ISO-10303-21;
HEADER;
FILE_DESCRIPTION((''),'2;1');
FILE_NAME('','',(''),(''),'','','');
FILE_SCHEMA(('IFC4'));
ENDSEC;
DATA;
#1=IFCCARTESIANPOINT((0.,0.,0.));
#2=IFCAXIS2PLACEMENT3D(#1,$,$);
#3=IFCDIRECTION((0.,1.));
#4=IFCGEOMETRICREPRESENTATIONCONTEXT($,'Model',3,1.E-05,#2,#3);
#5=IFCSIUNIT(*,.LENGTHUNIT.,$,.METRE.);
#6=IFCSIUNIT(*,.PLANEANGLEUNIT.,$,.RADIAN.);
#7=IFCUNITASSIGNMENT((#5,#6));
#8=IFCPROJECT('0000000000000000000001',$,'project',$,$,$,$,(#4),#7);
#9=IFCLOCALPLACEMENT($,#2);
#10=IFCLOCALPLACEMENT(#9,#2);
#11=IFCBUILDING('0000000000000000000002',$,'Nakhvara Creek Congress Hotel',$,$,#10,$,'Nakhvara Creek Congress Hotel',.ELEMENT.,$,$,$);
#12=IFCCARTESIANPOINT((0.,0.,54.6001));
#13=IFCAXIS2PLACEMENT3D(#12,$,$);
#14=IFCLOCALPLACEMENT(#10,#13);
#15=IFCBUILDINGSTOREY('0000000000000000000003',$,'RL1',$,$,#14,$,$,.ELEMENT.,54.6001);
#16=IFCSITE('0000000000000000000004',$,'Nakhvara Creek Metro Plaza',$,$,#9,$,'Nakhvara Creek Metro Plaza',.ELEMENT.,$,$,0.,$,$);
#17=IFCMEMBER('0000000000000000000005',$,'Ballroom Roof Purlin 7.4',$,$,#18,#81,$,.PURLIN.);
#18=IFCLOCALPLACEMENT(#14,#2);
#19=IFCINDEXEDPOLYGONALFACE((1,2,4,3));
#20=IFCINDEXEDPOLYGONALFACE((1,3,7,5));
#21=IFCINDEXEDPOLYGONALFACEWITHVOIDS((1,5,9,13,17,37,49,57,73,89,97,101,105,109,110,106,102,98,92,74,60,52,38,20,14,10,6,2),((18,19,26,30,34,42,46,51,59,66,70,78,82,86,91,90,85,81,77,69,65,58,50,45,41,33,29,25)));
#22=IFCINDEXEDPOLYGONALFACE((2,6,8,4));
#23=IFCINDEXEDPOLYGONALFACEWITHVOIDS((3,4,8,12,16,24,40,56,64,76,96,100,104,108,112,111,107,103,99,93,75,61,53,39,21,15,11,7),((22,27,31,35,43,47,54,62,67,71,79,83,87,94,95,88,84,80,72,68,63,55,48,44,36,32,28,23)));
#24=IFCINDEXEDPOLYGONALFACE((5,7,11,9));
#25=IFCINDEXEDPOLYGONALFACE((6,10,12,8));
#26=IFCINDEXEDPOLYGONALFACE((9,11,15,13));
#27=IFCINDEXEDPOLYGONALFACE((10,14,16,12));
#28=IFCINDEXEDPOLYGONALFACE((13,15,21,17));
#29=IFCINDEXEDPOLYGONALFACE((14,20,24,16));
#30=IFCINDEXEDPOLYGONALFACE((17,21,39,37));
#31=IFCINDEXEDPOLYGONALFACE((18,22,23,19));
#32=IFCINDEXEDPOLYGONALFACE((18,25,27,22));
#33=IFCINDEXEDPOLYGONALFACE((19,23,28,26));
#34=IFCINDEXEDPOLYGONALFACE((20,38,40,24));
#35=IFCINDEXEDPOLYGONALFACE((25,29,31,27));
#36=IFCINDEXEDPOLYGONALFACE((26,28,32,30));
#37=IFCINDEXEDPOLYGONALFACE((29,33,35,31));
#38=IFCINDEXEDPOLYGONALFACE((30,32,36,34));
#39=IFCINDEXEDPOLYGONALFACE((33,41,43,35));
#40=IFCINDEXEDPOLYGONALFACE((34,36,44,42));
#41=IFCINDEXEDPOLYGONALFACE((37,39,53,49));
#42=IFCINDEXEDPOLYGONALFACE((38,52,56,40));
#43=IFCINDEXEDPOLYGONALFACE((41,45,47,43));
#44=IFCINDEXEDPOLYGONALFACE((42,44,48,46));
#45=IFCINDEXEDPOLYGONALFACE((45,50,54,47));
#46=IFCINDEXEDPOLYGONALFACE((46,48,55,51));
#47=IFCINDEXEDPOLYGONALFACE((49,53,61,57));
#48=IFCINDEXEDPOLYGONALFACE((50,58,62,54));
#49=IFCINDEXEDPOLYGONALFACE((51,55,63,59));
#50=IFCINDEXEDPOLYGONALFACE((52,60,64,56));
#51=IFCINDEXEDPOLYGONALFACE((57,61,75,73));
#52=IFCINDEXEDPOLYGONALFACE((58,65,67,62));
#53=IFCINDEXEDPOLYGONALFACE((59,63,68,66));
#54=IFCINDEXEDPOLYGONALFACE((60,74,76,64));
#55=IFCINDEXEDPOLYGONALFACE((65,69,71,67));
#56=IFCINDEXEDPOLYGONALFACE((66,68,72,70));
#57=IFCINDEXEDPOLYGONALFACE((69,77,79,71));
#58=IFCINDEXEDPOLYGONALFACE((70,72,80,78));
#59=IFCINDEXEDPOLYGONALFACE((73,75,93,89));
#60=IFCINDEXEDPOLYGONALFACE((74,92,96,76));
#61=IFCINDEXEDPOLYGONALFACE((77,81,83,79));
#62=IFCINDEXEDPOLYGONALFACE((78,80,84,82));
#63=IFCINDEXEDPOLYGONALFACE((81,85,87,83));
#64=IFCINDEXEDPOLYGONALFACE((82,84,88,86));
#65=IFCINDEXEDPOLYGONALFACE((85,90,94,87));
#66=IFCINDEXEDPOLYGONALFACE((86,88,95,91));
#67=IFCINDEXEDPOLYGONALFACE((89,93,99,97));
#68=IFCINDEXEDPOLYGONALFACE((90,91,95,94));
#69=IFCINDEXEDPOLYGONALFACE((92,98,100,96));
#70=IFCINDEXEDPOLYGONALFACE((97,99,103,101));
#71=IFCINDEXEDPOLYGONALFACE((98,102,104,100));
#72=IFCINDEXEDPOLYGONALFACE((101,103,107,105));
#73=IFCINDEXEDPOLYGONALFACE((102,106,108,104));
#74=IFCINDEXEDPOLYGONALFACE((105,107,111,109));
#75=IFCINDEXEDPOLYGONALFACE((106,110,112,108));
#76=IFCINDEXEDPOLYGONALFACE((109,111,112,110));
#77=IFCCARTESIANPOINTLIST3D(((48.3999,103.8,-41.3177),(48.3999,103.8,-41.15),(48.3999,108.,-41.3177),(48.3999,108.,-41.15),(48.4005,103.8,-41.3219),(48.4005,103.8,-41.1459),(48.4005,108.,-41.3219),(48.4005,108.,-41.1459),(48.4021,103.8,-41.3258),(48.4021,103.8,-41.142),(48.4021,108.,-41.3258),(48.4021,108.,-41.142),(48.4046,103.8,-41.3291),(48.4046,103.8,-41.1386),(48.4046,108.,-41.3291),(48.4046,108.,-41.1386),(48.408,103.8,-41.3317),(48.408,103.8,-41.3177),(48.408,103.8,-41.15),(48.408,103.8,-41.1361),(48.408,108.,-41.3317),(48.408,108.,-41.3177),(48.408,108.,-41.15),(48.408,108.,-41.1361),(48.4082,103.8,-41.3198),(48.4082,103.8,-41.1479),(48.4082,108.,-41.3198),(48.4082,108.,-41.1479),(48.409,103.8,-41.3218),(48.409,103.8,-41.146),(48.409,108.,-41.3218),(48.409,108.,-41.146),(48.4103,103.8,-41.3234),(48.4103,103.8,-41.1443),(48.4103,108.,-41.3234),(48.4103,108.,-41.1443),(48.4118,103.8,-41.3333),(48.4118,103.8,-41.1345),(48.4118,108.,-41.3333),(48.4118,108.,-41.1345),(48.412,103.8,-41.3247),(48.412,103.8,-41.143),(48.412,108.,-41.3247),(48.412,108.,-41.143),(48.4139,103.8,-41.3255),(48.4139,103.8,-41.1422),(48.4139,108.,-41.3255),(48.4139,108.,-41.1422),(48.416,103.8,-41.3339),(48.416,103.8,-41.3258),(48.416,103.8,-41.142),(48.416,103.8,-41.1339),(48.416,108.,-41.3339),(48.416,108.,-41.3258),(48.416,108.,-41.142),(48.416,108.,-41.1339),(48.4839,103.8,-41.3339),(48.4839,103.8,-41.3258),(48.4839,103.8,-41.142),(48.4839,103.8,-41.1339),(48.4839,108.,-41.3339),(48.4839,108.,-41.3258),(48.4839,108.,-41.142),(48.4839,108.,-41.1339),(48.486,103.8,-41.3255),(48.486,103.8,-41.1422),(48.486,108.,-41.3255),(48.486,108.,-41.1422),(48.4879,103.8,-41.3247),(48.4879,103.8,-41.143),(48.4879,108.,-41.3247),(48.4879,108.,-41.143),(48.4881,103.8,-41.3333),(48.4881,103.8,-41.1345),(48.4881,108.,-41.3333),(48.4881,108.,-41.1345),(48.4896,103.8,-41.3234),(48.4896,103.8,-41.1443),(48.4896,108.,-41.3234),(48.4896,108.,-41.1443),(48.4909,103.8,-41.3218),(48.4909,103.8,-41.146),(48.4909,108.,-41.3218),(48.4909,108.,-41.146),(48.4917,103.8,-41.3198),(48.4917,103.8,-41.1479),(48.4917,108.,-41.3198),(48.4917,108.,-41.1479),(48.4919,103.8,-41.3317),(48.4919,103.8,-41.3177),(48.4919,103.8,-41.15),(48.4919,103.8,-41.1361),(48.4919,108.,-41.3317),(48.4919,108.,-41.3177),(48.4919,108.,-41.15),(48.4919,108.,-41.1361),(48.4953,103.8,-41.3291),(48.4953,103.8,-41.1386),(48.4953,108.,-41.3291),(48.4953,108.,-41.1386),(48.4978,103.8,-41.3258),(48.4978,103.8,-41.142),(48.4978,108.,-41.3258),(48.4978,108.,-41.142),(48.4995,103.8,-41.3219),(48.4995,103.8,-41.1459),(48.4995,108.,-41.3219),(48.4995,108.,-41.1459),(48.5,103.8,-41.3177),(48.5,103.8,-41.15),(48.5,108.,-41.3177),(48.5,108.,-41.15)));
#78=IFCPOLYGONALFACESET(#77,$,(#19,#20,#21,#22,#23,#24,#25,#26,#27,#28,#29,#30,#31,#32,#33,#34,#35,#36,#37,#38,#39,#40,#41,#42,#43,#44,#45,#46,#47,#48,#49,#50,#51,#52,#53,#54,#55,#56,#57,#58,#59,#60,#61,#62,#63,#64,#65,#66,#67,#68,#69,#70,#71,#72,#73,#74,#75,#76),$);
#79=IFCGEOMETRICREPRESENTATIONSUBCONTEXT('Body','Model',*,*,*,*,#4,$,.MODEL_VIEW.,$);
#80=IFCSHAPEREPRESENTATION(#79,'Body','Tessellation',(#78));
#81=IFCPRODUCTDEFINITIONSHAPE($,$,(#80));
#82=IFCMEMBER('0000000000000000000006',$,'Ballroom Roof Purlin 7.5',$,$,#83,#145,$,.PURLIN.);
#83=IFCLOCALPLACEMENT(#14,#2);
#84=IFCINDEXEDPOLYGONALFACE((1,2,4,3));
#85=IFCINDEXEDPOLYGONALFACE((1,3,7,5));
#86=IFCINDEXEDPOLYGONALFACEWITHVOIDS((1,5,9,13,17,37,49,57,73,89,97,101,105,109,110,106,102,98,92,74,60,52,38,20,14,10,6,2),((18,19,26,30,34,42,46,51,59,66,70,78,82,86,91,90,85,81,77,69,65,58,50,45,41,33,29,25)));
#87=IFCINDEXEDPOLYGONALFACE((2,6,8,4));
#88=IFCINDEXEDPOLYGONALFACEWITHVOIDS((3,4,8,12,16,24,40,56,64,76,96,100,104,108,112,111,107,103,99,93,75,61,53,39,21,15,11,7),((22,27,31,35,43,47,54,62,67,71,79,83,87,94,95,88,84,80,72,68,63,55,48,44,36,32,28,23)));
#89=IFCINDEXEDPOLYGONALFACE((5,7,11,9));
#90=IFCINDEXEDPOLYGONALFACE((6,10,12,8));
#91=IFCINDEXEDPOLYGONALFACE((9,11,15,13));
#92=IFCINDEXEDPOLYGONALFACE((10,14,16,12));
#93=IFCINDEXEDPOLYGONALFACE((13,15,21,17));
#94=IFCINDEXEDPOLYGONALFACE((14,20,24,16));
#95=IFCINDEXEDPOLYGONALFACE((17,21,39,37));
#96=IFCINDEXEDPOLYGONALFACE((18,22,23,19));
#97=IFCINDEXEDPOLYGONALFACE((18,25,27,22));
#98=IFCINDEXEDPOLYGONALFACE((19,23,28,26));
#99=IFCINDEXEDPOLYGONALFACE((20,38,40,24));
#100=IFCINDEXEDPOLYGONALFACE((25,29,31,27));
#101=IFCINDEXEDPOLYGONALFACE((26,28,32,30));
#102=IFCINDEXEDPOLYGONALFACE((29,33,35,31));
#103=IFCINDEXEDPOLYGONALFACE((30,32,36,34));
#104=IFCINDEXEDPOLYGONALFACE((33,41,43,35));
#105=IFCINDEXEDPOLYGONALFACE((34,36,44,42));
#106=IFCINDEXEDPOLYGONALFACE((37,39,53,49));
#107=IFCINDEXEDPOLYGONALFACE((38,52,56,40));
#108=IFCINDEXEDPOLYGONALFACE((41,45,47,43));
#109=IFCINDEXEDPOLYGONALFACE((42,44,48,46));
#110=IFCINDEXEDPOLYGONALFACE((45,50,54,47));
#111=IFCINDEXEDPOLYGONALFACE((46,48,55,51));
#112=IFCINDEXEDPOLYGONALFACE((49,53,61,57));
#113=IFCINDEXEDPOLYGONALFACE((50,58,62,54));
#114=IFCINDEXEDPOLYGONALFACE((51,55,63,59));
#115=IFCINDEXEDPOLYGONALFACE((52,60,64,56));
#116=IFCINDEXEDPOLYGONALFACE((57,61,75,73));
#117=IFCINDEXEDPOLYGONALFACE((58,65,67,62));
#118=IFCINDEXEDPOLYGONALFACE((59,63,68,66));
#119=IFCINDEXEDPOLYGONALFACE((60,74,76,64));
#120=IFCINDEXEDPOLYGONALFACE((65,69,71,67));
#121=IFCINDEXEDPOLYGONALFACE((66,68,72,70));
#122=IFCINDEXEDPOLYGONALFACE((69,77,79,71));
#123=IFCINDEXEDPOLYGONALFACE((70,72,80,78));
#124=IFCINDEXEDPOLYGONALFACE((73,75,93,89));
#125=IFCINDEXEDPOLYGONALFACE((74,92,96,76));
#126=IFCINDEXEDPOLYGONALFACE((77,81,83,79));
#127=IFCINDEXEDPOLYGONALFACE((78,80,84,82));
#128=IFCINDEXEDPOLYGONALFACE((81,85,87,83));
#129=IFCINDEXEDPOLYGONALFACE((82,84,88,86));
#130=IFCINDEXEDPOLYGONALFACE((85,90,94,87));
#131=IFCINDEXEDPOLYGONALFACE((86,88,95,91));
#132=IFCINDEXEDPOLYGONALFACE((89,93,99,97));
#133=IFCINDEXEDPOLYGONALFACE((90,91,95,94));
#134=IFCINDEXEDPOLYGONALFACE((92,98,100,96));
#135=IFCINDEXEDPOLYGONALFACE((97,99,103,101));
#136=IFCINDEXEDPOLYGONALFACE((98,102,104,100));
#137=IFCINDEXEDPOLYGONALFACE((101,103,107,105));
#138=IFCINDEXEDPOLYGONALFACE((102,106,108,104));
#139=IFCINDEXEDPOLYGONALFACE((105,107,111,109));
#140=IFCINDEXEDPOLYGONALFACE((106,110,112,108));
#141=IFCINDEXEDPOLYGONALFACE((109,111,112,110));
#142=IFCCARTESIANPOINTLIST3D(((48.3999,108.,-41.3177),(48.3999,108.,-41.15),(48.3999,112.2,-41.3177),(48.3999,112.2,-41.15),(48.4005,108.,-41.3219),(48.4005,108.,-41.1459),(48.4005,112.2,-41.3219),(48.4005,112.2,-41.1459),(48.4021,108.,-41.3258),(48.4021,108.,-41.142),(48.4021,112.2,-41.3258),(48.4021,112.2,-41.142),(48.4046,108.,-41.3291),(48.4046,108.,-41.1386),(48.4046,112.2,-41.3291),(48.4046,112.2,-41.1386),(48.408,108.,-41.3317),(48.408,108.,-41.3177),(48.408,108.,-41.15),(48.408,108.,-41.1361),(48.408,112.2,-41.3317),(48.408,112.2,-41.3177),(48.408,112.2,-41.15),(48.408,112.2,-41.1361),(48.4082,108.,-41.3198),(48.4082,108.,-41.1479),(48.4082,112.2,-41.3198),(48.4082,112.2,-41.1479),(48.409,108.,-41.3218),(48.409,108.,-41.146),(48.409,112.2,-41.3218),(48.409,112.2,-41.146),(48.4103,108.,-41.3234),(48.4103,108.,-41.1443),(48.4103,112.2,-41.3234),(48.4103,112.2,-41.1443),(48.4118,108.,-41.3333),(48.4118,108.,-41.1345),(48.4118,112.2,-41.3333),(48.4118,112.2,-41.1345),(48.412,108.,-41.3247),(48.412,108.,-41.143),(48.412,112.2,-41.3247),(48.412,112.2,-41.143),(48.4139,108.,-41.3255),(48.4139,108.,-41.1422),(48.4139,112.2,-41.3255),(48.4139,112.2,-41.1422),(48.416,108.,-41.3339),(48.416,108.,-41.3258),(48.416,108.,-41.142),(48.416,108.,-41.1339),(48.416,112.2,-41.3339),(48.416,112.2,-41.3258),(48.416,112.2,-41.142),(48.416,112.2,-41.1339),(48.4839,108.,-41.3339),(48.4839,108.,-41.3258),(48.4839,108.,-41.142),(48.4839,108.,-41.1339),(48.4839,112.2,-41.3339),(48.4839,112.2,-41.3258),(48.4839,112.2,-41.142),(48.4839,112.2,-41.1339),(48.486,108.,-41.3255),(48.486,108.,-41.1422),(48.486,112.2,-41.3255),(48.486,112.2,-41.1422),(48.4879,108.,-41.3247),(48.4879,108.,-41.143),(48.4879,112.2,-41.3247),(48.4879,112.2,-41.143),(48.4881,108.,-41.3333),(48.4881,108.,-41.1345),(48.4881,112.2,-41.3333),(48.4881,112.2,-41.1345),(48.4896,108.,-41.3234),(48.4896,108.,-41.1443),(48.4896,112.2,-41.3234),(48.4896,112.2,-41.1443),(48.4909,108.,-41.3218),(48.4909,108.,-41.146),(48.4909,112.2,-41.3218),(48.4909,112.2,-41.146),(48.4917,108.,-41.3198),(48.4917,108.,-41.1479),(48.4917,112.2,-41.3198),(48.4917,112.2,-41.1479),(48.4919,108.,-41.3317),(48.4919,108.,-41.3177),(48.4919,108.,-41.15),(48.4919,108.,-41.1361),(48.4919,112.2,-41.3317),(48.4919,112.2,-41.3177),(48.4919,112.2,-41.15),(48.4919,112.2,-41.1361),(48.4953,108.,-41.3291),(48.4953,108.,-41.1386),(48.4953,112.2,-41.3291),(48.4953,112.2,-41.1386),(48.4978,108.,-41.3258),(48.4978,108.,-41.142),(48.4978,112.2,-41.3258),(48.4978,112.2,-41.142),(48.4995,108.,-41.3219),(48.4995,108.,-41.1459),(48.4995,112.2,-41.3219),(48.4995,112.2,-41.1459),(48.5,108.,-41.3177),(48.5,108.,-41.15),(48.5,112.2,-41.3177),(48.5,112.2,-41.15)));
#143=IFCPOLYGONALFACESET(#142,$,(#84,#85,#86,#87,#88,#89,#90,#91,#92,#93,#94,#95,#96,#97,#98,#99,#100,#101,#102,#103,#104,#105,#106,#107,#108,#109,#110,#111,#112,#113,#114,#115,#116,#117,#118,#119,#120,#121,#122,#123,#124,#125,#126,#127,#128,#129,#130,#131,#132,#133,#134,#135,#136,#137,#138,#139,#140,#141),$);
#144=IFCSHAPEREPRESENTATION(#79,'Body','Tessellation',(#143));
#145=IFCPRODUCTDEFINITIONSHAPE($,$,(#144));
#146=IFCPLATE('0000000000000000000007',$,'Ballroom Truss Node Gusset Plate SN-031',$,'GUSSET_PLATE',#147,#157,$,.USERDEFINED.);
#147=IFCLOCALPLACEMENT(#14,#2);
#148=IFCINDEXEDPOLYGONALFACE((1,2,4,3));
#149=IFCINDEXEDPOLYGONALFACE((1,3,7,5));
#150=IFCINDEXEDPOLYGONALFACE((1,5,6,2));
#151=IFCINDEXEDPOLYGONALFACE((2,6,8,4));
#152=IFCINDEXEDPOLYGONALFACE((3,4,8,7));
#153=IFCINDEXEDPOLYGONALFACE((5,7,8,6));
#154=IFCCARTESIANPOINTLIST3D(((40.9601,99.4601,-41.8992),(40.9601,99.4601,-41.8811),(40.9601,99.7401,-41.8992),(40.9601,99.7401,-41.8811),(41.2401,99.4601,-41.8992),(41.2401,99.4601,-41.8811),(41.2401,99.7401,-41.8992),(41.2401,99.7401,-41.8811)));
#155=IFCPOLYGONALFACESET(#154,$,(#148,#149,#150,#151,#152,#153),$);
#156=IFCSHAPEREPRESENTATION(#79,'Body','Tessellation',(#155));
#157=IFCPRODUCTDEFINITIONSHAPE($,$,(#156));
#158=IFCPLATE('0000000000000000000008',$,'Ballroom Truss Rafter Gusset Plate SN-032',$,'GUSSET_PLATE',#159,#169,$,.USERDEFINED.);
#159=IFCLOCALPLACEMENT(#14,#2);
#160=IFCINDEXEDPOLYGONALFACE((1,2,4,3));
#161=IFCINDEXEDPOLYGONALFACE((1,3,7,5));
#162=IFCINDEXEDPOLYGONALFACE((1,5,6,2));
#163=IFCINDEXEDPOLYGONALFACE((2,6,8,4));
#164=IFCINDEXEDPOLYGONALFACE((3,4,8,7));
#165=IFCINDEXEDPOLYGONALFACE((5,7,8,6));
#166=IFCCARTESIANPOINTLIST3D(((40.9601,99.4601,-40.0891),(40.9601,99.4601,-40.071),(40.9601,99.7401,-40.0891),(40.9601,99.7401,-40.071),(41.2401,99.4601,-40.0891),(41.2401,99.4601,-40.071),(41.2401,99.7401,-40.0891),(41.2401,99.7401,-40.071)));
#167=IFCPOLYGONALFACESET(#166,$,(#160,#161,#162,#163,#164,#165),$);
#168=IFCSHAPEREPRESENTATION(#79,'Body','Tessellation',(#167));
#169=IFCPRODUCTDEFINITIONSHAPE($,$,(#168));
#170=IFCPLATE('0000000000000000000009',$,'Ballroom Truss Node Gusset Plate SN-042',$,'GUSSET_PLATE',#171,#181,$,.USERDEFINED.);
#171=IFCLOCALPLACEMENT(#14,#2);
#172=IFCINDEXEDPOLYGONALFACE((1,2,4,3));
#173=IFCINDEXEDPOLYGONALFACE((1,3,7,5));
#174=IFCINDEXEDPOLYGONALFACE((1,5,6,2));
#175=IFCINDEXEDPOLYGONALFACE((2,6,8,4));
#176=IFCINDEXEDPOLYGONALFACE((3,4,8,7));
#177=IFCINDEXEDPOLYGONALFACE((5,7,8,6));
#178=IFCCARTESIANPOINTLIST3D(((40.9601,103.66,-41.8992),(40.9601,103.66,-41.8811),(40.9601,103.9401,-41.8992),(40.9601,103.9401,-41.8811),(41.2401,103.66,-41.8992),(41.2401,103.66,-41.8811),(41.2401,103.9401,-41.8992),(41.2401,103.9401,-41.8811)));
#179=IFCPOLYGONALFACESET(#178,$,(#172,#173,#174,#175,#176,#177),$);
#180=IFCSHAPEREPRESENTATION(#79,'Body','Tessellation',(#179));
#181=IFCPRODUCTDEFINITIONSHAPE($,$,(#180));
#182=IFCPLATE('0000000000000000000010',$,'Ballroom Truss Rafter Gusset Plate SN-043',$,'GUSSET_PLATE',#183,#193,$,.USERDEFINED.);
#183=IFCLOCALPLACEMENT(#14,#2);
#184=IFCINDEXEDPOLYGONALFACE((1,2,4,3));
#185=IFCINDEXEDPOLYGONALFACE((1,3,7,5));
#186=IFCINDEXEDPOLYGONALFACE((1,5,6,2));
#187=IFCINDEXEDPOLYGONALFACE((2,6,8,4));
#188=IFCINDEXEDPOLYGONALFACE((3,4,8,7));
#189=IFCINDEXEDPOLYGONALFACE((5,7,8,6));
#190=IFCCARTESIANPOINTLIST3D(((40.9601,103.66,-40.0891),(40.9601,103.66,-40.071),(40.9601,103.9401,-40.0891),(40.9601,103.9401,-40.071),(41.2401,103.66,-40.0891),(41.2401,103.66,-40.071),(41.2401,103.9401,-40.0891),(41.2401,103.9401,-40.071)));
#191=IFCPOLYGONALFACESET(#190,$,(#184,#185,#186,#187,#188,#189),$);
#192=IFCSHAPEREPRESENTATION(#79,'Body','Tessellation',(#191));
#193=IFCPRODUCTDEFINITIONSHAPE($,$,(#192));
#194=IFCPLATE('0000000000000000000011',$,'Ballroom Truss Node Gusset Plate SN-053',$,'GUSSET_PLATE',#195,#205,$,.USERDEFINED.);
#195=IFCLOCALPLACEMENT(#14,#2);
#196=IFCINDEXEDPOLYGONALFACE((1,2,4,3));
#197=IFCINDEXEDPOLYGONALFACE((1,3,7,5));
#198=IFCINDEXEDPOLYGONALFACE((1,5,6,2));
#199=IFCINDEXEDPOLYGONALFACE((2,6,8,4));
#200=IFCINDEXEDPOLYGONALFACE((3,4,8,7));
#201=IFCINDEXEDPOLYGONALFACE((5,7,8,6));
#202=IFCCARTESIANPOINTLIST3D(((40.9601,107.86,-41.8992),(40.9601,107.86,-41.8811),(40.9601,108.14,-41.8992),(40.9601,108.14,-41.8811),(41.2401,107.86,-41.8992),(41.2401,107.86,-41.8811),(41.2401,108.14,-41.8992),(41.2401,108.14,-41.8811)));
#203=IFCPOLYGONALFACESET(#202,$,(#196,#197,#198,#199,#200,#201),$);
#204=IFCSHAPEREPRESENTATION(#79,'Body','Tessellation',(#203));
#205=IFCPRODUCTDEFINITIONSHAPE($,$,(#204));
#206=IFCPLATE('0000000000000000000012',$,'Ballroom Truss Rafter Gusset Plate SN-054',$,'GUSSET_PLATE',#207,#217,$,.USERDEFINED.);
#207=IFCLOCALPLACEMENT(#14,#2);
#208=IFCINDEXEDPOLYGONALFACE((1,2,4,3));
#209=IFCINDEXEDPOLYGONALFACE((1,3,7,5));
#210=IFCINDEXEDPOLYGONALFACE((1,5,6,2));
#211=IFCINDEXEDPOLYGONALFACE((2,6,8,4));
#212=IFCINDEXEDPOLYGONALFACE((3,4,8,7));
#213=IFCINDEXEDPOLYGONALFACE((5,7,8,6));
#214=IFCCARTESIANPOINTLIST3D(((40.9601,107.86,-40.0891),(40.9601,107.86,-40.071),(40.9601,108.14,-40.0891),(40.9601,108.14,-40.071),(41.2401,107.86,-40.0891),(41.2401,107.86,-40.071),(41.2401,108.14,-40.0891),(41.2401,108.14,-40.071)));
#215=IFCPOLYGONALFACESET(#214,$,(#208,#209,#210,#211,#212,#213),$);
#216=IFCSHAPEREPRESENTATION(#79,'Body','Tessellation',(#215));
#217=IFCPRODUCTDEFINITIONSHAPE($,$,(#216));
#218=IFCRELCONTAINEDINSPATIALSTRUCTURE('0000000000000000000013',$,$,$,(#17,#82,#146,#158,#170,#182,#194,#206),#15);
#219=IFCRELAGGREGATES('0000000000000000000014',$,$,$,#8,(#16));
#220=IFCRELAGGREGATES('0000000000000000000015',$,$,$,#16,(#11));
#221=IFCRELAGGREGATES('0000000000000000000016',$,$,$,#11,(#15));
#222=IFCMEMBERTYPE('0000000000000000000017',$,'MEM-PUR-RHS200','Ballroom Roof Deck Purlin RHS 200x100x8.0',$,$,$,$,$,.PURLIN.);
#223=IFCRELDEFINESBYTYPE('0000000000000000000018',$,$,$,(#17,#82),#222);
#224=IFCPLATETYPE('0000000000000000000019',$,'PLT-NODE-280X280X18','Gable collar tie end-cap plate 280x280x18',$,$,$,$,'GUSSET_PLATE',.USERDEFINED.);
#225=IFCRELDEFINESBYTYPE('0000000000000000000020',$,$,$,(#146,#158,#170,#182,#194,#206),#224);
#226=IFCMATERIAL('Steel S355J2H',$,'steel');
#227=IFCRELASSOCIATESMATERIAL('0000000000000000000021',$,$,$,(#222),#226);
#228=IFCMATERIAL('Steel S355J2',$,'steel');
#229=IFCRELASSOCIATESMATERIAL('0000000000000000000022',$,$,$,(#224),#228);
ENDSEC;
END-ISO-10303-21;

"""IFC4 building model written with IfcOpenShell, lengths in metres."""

from ifc_helpers import new_model, si_unit, direction, frame, origin, origin_2d, place, context, subcontext, project, spatial, rectangle, hollow_rectangle, extrude, material, material_profile, profile_set, type_object, element, save


model = new_model("IFC4")

# Units and contexts
model_context = context("Model", 3, precision=1e-05, world=origin(), true_north=direction((0.0, 1.0)))
body_context = subcontext(model_context, "Body", "Model", "MODEL_VIEW")
ifc_project = project(units=[si_unit("LENGTHUNIT", "METRE"), si_unit("PLANEANGLEUNIT", "RADIAN")], contexts=[model_context])

# Site, building, storey
site_placement = place(None, origin())
site = spatial("IfcSite", under=ifc_project, at=site_placement, Name="Nakhvara Creek Metro Plaza", LongName="Nakhvara Creek Metro Plaza", CompositionType="ELEMENT", RefElevation=0.0)
building_placement = place(site_placement, origin())
building = spatial("IfcBuilding", under=site, at=building_placement, Name="Nakhvara Creek Congress Hotel", LongName="Nakhvara Creek Congress Hotel", CompositionType="ELEMENT")
storey_placement = place(building_placement, frame((0.0, 0.0, 54.6001)))
storey = spatial("IfcBuildingStorey", under=building, at=storey_placement, Name="RL1", CompositionType="ELEMENT", Elevation=54.6001)

# Members
ifc_material_1 = material(Name="Steel S355J2H", Category="steel")
ifc_material_profile_1 = material_profile(ifc_material_1, hollow_rectangle(XDim=0.1001, YDim=0.2, WallThickness=0.0081, InnerFilletRadius=0.0081, OuterFilletRadius=0.0161, at=origin_2d()), Name="RHS 200x100x8.0", Category="LoadBearing")
ifc_profile_set_1 = profile_set([ifc_material_profile_1], Name="Steel S355J2H")
member_type_1 = type_object("IfcMemberType", Name="MEM-PUR-RHS200", Description="Ballroom Roof Deck Purlin RHS 200x100x8.0", PredefinedType="PURLIN", material=ifc_profile_set_1)
for number, where, z_axis, x_axis, name in (
    (1, (48.45, 103.8, -41.2339), (0.0, 1.0, 0.0), (-1.0, 0.0, 0.0), "Ballroom Roof Purlin 7.4"),
    (2, (48.45, 108.0, -41.2339), (0.0, 1.0, 0.0), (-1.0, 0.0, 0.0), "Ballroom Roof Purlin 7.5"),
):
    element("IfcMember", number, at=place(storey_placement, frame(where, z_axis=z_axis, x_axis=x_axis)), inside=storey, type_object=member_type_1, Name=name, PredefinedType="PURLIN", context=body_context, shape_type="SweptSolid", body=[
        extrude(hollow_rectangle(XDim=0.1001, YDim=0.2, WallThickness=0.0081, InnerFilletRadius=0.0081, OuterFilletRadius=0.0161, at=origin_2d()), origin(), (0.0, 0.0, 1.0), 4.2),
    ])

# Plates
ifc_material_2 = material(Name="Steel S355J2", Category="steel")
plate_type_1 = type_object("IfcPlateType", Name="PLT-NODE-280X280X18", Description="Gable collar tie end-cap plate 280x280x18", ElementType="GUSSET_PLATE", PredefinedType="USERDEFINED", material=ifc_material_2)
for number, where, z_axis, x_axis, name in (
    (3, (41.1001, 99.6001, -41.8992), (0.0, 0.0, 1.0), (1.0, 0.0, 0.0), "Ballroom Truss Node Gusset Plate SN-031"),
    (4, (41.1001, 99.6001, -40.0891), (0.0, 0.0, 1.0), (1.0, 0.0, 0.0), "Ballroom Truss Rafter Gusset Plate SN-032"),
    (5, (41.1001, 103.8, -41.8992), (0.0, 0.0, 1.0), (1.0, 0.0, 0.0), "Ballroom Truss Node Gusset Plate SN-042"),
    (6, (41.1001, 103.8, -40.0891), (0.0, 0.0, 1.0), (1.0, 0.0, 0.0), "Ballroom Truss Rafter Gusset Plate SN-043"),
    (7, (41.1001, 108.0, -41.8992), (0.0, 0.0, 1.0), (1.0, 0.0, 0.0), "Ballroom Truss Node Gusset Plate SN-053"),
    (8, (41.1001, 108.0, -40.0891), (0.0, 0.0, 1.0), (1.0, 0.0, 0.0), "Ballroom Truss Rafter Gusset Plate SN-054"),
):
    element("IfcPlate", number, at=place(storey_placement, frame(where, z_axis=z_axis, x_axis=x_axis)), inside=storey, type_object=plate_type_1, Name=name, ObjectType="GUSSET_PLATE", PredefinedType="USERDEFINED", context=body_context, shape_type="SweptSolid", body=[
        extrude(rectangle(XDim=0.28, YDim=0.28, at=origin_2d()), origin(), (0.0, 0.0, 1.0), 0.0181),
    ])

save(model, "model.ifc")
